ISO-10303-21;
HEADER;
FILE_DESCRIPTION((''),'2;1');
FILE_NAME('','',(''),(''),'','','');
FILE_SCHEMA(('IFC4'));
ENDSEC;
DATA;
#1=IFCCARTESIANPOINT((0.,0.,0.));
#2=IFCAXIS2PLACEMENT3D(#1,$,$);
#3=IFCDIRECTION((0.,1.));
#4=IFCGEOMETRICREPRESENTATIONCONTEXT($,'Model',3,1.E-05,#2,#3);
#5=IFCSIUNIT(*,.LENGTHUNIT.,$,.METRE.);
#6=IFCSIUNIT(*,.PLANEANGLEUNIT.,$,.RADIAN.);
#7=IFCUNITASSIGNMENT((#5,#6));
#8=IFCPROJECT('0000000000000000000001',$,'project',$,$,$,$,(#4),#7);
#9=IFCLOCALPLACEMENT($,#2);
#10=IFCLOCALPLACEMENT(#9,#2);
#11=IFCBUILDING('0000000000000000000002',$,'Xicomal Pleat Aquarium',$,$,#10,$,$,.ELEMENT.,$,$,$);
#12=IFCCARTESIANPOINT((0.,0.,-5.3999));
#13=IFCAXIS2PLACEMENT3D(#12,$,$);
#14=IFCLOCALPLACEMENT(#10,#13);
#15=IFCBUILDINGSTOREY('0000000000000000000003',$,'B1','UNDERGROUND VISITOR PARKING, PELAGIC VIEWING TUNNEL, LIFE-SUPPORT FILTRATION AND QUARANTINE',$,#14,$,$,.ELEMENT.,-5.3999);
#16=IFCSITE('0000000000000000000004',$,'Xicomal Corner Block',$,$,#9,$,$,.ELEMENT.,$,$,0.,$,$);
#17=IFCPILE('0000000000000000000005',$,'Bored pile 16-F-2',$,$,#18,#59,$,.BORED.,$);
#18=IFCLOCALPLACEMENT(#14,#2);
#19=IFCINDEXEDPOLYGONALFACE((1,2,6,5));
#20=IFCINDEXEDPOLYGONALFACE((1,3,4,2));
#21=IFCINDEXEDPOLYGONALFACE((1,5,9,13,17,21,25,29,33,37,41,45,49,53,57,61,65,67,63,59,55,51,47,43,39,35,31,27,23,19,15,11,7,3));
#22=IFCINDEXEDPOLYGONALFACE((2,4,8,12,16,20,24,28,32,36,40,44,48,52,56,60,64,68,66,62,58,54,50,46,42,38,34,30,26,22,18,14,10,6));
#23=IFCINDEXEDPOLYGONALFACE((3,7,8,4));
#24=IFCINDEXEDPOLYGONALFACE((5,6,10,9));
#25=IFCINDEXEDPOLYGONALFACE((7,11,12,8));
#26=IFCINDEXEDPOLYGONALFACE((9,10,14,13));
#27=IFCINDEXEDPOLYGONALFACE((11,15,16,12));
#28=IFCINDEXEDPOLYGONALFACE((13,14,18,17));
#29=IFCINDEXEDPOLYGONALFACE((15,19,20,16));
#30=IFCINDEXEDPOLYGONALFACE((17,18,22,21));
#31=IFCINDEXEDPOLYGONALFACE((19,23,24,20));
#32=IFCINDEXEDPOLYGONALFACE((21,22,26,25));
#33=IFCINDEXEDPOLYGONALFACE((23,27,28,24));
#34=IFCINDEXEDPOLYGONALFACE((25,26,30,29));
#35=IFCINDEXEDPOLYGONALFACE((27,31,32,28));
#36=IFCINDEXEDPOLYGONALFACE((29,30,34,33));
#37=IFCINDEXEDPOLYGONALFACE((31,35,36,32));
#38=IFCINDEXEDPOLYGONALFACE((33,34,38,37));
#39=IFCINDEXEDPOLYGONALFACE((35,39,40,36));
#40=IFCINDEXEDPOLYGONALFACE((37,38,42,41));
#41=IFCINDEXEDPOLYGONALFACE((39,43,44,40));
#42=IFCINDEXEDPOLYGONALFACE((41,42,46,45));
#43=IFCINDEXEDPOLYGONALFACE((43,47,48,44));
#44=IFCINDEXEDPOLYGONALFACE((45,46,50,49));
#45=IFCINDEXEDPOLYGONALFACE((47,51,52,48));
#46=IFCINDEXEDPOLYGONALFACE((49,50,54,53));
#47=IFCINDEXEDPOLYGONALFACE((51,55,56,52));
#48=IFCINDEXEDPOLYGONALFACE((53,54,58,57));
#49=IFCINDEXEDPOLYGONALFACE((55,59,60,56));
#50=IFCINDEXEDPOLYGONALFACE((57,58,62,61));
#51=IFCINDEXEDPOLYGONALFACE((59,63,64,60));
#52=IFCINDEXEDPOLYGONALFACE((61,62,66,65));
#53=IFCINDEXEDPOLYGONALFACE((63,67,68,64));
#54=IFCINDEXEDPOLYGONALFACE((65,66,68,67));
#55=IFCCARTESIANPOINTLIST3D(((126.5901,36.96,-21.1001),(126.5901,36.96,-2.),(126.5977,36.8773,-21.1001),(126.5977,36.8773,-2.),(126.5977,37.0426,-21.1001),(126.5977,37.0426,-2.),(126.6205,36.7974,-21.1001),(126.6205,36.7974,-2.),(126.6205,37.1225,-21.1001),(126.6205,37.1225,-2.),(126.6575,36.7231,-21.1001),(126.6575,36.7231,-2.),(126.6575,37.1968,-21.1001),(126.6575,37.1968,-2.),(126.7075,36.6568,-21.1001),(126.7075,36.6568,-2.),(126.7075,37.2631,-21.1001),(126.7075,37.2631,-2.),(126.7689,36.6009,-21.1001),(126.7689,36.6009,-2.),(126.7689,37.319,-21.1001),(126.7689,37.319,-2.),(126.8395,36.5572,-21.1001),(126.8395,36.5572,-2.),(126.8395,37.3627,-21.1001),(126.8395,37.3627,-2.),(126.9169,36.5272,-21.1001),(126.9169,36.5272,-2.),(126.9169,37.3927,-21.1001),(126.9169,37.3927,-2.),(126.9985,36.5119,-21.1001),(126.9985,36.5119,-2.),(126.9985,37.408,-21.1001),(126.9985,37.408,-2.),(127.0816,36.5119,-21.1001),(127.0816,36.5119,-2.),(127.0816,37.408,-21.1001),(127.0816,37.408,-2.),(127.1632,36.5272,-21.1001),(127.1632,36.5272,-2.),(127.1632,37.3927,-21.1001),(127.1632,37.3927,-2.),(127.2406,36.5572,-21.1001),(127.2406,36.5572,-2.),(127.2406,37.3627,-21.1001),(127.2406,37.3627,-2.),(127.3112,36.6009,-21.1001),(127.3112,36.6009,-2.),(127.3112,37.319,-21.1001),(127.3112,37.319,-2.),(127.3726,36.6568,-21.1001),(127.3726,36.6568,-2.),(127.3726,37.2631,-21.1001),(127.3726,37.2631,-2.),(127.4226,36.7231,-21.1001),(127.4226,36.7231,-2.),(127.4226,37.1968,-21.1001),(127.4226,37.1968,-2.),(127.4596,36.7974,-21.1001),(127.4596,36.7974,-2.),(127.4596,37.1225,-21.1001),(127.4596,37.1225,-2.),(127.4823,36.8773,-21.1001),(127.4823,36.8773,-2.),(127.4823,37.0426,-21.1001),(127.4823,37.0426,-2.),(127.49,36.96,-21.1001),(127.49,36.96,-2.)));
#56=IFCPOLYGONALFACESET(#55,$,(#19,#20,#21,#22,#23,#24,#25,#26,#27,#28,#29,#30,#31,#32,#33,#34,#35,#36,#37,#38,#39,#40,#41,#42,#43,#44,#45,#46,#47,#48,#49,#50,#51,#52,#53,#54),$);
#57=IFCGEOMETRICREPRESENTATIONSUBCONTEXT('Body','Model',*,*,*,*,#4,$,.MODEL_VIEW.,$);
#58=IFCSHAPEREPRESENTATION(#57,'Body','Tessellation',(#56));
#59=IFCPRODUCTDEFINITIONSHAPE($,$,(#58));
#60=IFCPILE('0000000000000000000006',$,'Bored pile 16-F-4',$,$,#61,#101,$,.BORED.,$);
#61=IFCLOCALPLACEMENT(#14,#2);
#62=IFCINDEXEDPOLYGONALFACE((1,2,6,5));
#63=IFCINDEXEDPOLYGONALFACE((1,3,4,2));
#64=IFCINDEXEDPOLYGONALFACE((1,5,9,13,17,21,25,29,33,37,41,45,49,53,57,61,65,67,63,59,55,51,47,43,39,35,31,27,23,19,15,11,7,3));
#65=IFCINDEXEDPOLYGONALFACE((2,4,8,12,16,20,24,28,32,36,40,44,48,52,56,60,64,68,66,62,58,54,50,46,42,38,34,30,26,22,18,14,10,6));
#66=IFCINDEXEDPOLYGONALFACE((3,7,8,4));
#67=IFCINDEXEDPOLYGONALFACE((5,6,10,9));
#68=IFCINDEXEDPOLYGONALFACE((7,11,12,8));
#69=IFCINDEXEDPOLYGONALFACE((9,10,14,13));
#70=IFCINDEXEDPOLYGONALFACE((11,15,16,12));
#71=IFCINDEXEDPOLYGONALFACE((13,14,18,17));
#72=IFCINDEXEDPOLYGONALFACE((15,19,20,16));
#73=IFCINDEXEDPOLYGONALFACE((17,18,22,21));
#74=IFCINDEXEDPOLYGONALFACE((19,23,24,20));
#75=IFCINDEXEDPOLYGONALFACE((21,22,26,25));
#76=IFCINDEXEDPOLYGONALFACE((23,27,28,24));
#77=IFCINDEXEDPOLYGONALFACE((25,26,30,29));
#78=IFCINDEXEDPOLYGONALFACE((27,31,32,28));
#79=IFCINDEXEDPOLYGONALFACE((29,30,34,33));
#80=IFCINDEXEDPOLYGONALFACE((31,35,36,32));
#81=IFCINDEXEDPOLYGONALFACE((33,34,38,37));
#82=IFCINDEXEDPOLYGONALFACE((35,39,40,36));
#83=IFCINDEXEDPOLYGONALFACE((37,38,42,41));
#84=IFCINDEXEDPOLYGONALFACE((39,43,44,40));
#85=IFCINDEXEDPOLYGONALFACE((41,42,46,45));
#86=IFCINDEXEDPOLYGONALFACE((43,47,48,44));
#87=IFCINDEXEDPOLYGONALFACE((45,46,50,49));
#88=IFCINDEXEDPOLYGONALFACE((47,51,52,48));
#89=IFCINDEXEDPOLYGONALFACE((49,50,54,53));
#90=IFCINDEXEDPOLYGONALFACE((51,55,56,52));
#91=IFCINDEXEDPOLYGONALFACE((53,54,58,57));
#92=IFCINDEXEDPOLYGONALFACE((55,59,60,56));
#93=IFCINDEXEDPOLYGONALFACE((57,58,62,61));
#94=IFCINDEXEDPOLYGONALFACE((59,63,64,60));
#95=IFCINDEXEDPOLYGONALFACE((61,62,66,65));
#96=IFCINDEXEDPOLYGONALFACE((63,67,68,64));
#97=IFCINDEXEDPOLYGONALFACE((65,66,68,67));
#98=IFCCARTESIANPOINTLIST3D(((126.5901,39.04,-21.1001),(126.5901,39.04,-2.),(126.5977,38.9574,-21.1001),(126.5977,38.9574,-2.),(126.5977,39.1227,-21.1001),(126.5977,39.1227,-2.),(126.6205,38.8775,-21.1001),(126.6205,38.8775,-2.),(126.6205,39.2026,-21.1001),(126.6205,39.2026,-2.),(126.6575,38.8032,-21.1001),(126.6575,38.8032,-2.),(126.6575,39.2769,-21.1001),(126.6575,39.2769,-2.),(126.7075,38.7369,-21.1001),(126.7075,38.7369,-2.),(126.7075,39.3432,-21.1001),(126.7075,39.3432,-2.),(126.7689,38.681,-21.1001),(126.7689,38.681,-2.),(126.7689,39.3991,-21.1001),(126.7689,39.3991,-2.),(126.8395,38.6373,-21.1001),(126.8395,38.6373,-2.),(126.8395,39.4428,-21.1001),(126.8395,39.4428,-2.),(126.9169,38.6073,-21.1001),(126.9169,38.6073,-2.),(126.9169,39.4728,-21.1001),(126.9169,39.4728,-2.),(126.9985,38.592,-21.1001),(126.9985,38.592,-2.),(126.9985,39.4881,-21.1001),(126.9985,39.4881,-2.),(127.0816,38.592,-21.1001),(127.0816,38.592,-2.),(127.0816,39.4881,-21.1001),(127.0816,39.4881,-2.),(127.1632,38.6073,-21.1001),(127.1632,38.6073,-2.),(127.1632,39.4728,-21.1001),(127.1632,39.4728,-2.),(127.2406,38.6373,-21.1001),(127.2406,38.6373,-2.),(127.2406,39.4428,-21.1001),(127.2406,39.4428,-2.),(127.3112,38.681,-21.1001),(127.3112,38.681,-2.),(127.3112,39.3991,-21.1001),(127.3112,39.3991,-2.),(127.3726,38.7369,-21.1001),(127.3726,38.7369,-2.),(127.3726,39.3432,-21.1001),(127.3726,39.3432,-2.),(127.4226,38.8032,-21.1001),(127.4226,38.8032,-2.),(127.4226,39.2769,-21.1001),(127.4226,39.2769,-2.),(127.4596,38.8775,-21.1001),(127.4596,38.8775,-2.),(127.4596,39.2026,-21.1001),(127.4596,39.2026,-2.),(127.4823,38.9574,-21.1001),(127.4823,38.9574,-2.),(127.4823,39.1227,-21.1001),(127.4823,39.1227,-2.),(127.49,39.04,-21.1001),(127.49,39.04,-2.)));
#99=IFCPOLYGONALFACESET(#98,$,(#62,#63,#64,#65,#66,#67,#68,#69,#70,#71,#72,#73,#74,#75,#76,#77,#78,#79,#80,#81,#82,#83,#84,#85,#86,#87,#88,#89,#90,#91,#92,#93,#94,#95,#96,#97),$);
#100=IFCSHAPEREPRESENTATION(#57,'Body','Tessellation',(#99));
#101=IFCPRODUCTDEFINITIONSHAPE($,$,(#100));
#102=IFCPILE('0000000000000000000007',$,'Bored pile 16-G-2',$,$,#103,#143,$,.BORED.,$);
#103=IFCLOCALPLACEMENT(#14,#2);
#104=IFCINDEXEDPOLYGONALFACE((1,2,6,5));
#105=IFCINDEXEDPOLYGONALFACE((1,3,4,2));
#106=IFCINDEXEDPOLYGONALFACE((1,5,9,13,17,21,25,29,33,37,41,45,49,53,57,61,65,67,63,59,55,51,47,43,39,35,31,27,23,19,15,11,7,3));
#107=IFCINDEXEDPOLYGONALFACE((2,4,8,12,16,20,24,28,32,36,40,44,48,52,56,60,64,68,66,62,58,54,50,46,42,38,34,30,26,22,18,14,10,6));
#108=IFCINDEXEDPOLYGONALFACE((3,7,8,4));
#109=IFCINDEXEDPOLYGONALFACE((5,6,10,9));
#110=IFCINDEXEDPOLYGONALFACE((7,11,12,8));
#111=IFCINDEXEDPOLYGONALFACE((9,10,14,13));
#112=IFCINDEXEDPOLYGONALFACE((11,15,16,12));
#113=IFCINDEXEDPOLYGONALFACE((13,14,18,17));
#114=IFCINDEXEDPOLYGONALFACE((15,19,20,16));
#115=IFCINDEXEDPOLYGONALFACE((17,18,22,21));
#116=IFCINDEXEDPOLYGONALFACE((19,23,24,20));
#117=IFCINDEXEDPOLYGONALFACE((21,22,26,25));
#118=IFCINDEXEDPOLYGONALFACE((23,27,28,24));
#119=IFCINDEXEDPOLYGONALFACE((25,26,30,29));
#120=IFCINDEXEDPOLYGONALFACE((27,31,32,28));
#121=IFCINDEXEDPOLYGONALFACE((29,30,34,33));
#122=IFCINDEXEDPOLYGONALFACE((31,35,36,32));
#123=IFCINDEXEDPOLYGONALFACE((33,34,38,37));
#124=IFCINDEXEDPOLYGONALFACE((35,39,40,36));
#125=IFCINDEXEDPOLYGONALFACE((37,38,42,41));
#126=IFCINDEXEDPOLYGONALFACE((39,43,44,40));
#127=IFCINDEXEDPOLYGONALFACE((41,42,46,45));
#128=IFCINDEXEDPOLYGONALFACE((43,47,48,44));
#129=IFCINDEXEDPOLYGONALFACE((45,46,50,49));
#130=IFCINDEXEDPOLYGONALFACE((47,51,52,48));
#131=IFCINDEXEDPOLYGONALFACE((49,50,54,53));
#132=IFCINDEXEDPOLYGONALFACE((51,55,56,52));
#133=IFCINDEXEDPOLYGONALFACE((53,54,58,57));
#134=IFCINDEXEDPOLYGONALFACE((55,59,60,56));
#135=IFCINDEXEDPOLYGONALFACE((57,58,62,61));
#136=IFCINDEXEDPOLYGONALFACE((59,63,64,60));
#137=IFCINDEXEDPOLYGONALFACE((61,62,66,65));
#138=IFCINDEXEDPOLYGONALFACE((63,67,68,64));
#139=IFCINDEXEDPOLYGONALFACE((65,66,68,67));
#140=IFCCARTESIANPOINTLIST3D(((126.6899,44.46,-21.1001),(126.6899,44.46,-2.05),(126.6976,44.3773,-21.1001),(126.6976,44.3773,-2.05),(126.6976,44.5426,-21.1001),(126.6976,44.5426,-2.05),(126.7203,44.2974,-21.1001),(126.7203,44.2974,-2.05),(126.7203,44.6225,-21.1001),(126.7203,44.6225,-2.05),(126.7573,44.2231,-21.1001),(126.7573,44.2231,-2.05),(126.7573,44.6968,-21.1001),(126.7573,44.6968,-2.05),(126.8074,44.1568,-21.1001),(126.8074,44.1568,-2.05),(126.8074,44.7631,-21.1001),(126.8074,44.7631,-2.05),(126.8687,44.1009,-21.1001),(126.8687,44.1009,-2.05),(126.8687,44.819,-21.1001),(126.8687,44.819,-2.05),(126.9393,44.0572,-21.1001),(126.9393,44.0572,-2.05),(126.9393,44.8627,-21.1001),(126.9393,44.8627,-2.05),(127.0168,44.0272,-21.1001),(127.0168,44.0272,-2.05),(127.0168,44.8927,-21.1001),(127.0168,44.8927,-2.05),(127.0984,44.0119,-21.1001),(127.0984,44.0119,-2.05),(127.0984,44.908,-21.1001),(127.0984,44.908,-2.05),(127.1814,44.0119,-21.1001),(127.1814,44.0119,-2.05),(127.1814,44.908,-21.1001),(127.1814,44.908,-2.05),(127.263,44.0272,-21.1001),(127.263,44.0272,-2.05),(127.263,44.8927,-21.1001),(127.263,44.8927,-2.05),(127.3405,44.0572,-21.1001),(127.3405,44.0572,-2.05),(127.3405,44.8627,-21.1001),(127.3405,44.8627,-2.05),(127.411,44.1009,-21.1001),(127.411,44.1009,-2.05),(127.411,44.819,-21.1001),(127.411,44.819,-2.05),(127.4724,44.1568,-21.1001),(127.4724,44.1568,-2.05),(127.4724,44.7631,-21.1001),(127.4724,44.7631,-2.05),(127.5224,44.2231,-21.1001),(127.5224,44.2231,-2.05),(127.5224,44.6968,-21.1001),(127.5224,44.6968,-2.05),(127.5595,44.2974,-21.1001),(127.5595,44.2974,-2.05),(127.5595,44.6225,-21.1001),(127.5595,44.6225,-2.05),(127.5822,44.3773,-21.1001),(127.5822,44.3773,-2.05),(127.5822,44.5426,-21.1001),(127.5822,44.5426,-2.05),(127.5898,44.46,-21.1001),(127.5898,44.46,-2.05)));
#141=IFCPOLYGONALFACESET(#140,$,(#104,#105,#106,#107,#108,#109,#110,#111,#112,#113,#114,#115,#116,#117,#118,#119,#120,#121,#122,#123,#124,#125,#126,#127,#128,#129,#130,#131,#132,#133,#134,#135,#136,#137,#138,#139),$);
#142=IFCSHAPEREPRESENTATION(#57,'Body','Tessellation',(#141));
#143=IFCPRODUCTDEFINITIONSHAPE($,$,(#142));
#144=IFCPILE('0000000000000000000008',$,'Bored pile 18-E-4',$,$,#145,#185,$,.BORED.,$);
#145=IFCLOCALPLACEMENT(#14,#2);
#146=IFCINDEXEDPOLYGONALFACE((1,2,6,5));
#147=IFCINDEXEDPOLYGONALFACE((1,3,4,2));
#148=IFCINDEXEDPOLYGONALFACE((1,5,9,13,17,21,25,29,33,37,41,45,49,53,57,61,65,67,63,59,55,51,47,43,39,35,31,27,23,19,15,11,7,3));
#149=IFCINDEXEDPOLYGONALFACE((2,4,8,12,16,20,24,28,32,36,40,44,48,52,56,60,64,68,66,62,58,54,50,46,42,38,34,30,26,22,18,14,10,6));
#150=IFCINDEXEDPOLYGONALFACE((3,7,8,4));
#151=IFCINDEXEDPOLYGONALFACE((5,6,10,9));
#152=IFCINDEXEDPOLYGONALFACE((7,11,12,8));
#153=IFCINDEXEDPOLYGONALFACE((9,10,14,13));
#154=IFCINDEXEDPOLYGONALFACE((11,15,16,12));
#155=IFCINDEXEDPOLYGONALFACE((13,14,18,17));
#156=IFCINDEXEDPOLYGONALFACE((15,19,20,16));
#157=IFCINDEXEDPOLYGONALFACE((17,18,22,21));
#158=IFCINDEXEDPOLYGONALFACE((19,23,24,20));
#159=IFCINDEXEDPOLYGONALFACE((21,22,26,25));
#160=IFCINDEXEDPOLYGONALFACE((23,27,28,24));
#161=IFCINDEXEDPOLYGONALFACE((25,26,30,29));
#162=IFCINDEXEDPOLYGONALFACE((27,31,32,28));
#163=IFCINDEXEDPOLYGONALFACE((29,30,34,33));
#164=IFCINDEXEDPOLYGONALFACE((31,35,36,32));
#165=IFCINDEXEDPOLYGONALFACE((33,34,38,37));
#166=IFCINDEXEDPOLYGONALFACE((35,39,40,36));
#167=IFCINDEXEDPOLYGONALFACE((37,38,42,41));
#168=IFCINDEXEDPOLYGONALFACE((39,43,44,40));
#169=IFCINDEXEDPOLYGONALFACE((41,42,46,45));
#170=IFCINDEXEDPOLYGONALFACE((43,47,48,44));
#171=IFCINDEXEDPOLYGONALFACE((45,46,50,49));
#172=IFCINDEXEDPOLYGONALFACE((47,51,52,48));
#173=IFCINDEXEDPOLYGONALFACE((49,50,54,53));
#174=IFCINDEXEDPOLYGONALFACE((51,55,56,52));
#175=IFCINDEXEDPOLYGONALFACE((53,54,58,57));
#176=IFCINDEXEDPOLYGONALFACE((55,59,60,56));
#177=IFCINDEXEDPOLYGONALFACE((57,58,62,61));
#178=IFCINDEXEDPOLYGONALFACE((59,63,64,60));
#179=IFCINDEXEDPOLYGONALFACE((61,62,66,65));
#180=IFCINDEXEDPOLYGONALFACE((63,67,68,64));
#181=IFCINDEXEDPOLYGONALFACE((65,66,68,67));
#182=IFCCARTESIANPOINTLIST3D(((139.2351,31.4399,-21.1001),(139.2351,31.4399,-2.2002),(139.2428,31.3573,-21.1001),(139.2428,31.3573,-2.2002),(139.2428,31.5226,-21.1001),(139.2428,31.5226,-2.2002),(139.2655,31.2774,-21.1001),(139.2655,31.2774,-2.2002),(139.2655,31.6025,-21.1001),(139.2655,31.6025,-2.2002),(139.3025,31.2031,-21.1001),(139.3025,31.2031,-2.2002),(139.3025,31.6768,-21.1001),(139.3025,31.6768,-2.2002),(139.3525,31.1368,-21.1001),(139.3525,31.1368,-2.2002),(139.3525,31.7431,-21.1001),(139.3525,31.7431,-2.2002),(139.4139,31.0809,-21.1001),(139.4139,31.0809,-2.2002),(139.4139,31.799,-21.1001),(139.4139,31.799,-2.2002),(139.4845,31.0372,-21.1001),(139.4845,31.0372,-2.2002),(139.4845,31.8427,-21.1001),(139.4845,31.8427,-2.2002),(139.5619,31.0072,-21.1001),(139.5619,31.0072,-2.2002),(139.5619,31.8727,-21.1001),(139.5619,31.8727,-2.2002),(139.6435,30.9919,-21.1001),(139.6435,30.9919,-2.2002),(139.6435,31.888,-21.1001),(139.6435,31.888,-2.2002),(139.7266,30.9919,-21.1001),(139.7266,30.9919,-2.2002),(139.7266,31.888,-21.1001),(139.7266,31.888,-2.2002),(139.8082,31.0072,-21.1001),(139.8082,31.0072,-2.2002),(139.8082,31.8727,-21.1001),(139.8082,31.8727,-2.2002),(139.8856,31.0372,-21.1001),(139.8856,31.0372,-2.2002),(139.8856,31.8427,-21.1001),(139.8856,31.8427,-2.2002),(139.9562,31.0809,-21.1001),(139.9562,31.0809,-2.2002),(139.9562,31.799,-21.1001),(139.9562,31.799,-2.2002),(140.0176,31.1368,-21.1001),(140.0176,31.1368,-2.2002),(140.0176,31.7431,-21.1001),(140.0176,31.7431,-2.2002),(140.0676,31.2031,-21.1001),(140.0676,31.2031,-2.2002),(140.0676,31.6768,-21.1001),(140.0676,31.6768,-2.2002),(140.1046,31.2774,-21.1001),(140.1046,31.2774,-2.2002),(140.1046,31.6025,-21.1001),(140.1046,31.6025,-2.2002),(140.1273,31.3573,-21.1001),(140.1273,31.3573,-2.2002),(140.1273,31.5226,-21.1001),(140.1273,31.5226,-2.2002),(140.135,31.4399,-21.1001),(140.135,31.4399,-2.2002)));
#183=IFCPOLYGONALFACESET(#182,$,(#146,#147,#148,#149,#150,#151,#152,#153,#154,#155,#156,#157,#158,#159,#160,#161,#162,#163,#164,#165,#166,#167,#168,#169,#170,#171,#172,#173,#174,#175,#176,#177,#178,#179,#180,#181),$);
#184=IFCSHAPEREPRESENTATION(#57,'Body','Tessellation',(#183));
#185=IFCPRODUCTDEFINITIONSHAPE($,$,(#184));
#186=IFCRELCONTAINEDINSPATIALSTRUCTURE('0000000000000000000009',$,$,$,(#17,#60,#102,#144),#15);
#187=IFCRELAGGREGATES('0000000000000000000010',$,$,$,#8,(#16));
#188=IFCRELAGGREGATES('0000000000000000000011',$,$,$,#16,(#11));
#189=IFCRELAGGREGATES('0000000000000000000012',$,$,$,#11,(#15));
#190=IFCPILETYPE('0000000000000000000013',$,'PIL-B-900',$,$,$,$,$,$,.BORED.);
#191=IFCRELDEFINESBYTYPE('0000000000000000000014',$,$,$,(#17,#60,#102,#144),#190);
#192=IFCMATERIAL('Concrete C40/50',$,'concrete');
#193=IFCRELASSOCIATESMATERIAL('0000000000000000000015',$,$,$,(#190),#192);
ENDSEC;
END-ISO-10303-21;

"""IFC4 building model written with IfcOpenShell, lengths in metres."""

from ifc_helpers import new_model, si_unit, direction, frame, origin, origin_2d, place, context, subcontext, project, spatial, circle, extrude, material, material_profile, profile_set, type_object, element, save


model = new_model("IFC4")

# Units and contexts
model_context = context("Model", 3, precision=1e-05, world=origin(), true_north=direction((0.0, 1.0)))
body_context = subcontext(model_context, "Body", "Model", "MODEL_VIEW")
ifc_project = project(units=[si_unit("LENGTHUNIT", "METRE"), si_unit("PLANEANGLEUNIT", "RADIAN")], contexts=[model_context])

# Site, building, storey
site_placement = place(None, origin())
site = spatial("IfcSite", under=ifc_project, at=site_placement, Name="Xicomal Corner Block", CompositionType="ELEMENT", RefElevation=0.0)
building_placement = place(site_placement, origin())
building = spatial("IfcBuilding", under=site, at=building_placement, Name="Xicomal Pleat Aquarium", CompositionType="ELEMENT")
storey_placement = place(building_placement, frame((0.0, 0.0, -5.3999)))
storey = spatial("IfcBuildingStorey", under=building, at=storey_placement, Name="B1", Description="UNDERGROUND VISITOR PARKING, PELAGIC VIEWING TUNNEL, LIFE-SUPPORT FILTRATION AND QUARANTINE", CompositionType="ELEMENT", Elevation=-5.3999)

# Piles
ifc_material_1 = material(Name="Concrete C40/50", Category="concrete")
ifc_material_profile_1 = material_profile(ifc_material_1, circle(Radius=0.45, at=origin_2d()), Name="BORED PILE D900")
ifc_profile_set_1 = profile_set([ifc_material_profile_1], Name="Concrete C40/50")
pile_type_1 = type_object("IfcPileType", Name="PIL-B-900", PredefinedType="BORED", material=ifc_profile_set_1)
for number, where, z_axis, x_axis, name in (
    (1, (127.04, 36.96, -2.0), (0.0, 0.0, -1.0), (1.0, 0.0, 0.0), "Bored pile 16-F-2"),
    (2, (127.04, 39.04, -2.0), (0.0, 0.0, -1.0), (1.0, 0.0, 0.0), "Bored pile 16-F-4"),
):
    element("IfcPile", number, at=place(storey_placement, frame(where, z_axis=z_axis, x_axis=x_axis)), inside=storey, type_object=pile_type_1, Name=name, PredefinedType="BORED", context=body_context, shape_type="SweptSolid", body=[
        extrude(circle(Radius=0.45, at=origin_2d()), origin(), (0.0, 0.0, 1.0), 19.1001),
    ])
pile_1_placement = place(storey_placement, frame((127.1399, 44.46, -2.05), z_axis=(0.0, 0.0, -1.0), x_axis=(1.0, 0.0, 0.0)))
element("IfcPile", 3, at=pile_1_placement, inside=storey, type_object=pile_type_1, Name="Bored pile 16-G-2", PredefinedType="BORED", context=body_context, shape_type="SweptSolid", body=[
    extrude(circle(Radius=0.45, at=origin_2d()), origin(), (0.0, 0.0, 1.0), 19.05),
])
for number, where, z_axis, x_axis, name in (
    (4, (139.6851, 31.4399, -2.2002), (0.0, 0.0, -1.0), (1.0, 0.0, 0.0), "Bored pile 18-E-4"),
):
    element("IfcPile", number, at=place(storey_placement, frame(where, z_axis=z_axis, x_axis=x_axis)), inside=storey, type_object=pile_type_1, Name=name, PredefinedType="BORED", context=body_context, shape_type="SweptSolid", body=[
        extrude(circle(Radius=0.45, at=origin_2d()), origin(), (0.0, 0.0, 1.0), 18.8999),
    ])

save(model, "model.ifc")
